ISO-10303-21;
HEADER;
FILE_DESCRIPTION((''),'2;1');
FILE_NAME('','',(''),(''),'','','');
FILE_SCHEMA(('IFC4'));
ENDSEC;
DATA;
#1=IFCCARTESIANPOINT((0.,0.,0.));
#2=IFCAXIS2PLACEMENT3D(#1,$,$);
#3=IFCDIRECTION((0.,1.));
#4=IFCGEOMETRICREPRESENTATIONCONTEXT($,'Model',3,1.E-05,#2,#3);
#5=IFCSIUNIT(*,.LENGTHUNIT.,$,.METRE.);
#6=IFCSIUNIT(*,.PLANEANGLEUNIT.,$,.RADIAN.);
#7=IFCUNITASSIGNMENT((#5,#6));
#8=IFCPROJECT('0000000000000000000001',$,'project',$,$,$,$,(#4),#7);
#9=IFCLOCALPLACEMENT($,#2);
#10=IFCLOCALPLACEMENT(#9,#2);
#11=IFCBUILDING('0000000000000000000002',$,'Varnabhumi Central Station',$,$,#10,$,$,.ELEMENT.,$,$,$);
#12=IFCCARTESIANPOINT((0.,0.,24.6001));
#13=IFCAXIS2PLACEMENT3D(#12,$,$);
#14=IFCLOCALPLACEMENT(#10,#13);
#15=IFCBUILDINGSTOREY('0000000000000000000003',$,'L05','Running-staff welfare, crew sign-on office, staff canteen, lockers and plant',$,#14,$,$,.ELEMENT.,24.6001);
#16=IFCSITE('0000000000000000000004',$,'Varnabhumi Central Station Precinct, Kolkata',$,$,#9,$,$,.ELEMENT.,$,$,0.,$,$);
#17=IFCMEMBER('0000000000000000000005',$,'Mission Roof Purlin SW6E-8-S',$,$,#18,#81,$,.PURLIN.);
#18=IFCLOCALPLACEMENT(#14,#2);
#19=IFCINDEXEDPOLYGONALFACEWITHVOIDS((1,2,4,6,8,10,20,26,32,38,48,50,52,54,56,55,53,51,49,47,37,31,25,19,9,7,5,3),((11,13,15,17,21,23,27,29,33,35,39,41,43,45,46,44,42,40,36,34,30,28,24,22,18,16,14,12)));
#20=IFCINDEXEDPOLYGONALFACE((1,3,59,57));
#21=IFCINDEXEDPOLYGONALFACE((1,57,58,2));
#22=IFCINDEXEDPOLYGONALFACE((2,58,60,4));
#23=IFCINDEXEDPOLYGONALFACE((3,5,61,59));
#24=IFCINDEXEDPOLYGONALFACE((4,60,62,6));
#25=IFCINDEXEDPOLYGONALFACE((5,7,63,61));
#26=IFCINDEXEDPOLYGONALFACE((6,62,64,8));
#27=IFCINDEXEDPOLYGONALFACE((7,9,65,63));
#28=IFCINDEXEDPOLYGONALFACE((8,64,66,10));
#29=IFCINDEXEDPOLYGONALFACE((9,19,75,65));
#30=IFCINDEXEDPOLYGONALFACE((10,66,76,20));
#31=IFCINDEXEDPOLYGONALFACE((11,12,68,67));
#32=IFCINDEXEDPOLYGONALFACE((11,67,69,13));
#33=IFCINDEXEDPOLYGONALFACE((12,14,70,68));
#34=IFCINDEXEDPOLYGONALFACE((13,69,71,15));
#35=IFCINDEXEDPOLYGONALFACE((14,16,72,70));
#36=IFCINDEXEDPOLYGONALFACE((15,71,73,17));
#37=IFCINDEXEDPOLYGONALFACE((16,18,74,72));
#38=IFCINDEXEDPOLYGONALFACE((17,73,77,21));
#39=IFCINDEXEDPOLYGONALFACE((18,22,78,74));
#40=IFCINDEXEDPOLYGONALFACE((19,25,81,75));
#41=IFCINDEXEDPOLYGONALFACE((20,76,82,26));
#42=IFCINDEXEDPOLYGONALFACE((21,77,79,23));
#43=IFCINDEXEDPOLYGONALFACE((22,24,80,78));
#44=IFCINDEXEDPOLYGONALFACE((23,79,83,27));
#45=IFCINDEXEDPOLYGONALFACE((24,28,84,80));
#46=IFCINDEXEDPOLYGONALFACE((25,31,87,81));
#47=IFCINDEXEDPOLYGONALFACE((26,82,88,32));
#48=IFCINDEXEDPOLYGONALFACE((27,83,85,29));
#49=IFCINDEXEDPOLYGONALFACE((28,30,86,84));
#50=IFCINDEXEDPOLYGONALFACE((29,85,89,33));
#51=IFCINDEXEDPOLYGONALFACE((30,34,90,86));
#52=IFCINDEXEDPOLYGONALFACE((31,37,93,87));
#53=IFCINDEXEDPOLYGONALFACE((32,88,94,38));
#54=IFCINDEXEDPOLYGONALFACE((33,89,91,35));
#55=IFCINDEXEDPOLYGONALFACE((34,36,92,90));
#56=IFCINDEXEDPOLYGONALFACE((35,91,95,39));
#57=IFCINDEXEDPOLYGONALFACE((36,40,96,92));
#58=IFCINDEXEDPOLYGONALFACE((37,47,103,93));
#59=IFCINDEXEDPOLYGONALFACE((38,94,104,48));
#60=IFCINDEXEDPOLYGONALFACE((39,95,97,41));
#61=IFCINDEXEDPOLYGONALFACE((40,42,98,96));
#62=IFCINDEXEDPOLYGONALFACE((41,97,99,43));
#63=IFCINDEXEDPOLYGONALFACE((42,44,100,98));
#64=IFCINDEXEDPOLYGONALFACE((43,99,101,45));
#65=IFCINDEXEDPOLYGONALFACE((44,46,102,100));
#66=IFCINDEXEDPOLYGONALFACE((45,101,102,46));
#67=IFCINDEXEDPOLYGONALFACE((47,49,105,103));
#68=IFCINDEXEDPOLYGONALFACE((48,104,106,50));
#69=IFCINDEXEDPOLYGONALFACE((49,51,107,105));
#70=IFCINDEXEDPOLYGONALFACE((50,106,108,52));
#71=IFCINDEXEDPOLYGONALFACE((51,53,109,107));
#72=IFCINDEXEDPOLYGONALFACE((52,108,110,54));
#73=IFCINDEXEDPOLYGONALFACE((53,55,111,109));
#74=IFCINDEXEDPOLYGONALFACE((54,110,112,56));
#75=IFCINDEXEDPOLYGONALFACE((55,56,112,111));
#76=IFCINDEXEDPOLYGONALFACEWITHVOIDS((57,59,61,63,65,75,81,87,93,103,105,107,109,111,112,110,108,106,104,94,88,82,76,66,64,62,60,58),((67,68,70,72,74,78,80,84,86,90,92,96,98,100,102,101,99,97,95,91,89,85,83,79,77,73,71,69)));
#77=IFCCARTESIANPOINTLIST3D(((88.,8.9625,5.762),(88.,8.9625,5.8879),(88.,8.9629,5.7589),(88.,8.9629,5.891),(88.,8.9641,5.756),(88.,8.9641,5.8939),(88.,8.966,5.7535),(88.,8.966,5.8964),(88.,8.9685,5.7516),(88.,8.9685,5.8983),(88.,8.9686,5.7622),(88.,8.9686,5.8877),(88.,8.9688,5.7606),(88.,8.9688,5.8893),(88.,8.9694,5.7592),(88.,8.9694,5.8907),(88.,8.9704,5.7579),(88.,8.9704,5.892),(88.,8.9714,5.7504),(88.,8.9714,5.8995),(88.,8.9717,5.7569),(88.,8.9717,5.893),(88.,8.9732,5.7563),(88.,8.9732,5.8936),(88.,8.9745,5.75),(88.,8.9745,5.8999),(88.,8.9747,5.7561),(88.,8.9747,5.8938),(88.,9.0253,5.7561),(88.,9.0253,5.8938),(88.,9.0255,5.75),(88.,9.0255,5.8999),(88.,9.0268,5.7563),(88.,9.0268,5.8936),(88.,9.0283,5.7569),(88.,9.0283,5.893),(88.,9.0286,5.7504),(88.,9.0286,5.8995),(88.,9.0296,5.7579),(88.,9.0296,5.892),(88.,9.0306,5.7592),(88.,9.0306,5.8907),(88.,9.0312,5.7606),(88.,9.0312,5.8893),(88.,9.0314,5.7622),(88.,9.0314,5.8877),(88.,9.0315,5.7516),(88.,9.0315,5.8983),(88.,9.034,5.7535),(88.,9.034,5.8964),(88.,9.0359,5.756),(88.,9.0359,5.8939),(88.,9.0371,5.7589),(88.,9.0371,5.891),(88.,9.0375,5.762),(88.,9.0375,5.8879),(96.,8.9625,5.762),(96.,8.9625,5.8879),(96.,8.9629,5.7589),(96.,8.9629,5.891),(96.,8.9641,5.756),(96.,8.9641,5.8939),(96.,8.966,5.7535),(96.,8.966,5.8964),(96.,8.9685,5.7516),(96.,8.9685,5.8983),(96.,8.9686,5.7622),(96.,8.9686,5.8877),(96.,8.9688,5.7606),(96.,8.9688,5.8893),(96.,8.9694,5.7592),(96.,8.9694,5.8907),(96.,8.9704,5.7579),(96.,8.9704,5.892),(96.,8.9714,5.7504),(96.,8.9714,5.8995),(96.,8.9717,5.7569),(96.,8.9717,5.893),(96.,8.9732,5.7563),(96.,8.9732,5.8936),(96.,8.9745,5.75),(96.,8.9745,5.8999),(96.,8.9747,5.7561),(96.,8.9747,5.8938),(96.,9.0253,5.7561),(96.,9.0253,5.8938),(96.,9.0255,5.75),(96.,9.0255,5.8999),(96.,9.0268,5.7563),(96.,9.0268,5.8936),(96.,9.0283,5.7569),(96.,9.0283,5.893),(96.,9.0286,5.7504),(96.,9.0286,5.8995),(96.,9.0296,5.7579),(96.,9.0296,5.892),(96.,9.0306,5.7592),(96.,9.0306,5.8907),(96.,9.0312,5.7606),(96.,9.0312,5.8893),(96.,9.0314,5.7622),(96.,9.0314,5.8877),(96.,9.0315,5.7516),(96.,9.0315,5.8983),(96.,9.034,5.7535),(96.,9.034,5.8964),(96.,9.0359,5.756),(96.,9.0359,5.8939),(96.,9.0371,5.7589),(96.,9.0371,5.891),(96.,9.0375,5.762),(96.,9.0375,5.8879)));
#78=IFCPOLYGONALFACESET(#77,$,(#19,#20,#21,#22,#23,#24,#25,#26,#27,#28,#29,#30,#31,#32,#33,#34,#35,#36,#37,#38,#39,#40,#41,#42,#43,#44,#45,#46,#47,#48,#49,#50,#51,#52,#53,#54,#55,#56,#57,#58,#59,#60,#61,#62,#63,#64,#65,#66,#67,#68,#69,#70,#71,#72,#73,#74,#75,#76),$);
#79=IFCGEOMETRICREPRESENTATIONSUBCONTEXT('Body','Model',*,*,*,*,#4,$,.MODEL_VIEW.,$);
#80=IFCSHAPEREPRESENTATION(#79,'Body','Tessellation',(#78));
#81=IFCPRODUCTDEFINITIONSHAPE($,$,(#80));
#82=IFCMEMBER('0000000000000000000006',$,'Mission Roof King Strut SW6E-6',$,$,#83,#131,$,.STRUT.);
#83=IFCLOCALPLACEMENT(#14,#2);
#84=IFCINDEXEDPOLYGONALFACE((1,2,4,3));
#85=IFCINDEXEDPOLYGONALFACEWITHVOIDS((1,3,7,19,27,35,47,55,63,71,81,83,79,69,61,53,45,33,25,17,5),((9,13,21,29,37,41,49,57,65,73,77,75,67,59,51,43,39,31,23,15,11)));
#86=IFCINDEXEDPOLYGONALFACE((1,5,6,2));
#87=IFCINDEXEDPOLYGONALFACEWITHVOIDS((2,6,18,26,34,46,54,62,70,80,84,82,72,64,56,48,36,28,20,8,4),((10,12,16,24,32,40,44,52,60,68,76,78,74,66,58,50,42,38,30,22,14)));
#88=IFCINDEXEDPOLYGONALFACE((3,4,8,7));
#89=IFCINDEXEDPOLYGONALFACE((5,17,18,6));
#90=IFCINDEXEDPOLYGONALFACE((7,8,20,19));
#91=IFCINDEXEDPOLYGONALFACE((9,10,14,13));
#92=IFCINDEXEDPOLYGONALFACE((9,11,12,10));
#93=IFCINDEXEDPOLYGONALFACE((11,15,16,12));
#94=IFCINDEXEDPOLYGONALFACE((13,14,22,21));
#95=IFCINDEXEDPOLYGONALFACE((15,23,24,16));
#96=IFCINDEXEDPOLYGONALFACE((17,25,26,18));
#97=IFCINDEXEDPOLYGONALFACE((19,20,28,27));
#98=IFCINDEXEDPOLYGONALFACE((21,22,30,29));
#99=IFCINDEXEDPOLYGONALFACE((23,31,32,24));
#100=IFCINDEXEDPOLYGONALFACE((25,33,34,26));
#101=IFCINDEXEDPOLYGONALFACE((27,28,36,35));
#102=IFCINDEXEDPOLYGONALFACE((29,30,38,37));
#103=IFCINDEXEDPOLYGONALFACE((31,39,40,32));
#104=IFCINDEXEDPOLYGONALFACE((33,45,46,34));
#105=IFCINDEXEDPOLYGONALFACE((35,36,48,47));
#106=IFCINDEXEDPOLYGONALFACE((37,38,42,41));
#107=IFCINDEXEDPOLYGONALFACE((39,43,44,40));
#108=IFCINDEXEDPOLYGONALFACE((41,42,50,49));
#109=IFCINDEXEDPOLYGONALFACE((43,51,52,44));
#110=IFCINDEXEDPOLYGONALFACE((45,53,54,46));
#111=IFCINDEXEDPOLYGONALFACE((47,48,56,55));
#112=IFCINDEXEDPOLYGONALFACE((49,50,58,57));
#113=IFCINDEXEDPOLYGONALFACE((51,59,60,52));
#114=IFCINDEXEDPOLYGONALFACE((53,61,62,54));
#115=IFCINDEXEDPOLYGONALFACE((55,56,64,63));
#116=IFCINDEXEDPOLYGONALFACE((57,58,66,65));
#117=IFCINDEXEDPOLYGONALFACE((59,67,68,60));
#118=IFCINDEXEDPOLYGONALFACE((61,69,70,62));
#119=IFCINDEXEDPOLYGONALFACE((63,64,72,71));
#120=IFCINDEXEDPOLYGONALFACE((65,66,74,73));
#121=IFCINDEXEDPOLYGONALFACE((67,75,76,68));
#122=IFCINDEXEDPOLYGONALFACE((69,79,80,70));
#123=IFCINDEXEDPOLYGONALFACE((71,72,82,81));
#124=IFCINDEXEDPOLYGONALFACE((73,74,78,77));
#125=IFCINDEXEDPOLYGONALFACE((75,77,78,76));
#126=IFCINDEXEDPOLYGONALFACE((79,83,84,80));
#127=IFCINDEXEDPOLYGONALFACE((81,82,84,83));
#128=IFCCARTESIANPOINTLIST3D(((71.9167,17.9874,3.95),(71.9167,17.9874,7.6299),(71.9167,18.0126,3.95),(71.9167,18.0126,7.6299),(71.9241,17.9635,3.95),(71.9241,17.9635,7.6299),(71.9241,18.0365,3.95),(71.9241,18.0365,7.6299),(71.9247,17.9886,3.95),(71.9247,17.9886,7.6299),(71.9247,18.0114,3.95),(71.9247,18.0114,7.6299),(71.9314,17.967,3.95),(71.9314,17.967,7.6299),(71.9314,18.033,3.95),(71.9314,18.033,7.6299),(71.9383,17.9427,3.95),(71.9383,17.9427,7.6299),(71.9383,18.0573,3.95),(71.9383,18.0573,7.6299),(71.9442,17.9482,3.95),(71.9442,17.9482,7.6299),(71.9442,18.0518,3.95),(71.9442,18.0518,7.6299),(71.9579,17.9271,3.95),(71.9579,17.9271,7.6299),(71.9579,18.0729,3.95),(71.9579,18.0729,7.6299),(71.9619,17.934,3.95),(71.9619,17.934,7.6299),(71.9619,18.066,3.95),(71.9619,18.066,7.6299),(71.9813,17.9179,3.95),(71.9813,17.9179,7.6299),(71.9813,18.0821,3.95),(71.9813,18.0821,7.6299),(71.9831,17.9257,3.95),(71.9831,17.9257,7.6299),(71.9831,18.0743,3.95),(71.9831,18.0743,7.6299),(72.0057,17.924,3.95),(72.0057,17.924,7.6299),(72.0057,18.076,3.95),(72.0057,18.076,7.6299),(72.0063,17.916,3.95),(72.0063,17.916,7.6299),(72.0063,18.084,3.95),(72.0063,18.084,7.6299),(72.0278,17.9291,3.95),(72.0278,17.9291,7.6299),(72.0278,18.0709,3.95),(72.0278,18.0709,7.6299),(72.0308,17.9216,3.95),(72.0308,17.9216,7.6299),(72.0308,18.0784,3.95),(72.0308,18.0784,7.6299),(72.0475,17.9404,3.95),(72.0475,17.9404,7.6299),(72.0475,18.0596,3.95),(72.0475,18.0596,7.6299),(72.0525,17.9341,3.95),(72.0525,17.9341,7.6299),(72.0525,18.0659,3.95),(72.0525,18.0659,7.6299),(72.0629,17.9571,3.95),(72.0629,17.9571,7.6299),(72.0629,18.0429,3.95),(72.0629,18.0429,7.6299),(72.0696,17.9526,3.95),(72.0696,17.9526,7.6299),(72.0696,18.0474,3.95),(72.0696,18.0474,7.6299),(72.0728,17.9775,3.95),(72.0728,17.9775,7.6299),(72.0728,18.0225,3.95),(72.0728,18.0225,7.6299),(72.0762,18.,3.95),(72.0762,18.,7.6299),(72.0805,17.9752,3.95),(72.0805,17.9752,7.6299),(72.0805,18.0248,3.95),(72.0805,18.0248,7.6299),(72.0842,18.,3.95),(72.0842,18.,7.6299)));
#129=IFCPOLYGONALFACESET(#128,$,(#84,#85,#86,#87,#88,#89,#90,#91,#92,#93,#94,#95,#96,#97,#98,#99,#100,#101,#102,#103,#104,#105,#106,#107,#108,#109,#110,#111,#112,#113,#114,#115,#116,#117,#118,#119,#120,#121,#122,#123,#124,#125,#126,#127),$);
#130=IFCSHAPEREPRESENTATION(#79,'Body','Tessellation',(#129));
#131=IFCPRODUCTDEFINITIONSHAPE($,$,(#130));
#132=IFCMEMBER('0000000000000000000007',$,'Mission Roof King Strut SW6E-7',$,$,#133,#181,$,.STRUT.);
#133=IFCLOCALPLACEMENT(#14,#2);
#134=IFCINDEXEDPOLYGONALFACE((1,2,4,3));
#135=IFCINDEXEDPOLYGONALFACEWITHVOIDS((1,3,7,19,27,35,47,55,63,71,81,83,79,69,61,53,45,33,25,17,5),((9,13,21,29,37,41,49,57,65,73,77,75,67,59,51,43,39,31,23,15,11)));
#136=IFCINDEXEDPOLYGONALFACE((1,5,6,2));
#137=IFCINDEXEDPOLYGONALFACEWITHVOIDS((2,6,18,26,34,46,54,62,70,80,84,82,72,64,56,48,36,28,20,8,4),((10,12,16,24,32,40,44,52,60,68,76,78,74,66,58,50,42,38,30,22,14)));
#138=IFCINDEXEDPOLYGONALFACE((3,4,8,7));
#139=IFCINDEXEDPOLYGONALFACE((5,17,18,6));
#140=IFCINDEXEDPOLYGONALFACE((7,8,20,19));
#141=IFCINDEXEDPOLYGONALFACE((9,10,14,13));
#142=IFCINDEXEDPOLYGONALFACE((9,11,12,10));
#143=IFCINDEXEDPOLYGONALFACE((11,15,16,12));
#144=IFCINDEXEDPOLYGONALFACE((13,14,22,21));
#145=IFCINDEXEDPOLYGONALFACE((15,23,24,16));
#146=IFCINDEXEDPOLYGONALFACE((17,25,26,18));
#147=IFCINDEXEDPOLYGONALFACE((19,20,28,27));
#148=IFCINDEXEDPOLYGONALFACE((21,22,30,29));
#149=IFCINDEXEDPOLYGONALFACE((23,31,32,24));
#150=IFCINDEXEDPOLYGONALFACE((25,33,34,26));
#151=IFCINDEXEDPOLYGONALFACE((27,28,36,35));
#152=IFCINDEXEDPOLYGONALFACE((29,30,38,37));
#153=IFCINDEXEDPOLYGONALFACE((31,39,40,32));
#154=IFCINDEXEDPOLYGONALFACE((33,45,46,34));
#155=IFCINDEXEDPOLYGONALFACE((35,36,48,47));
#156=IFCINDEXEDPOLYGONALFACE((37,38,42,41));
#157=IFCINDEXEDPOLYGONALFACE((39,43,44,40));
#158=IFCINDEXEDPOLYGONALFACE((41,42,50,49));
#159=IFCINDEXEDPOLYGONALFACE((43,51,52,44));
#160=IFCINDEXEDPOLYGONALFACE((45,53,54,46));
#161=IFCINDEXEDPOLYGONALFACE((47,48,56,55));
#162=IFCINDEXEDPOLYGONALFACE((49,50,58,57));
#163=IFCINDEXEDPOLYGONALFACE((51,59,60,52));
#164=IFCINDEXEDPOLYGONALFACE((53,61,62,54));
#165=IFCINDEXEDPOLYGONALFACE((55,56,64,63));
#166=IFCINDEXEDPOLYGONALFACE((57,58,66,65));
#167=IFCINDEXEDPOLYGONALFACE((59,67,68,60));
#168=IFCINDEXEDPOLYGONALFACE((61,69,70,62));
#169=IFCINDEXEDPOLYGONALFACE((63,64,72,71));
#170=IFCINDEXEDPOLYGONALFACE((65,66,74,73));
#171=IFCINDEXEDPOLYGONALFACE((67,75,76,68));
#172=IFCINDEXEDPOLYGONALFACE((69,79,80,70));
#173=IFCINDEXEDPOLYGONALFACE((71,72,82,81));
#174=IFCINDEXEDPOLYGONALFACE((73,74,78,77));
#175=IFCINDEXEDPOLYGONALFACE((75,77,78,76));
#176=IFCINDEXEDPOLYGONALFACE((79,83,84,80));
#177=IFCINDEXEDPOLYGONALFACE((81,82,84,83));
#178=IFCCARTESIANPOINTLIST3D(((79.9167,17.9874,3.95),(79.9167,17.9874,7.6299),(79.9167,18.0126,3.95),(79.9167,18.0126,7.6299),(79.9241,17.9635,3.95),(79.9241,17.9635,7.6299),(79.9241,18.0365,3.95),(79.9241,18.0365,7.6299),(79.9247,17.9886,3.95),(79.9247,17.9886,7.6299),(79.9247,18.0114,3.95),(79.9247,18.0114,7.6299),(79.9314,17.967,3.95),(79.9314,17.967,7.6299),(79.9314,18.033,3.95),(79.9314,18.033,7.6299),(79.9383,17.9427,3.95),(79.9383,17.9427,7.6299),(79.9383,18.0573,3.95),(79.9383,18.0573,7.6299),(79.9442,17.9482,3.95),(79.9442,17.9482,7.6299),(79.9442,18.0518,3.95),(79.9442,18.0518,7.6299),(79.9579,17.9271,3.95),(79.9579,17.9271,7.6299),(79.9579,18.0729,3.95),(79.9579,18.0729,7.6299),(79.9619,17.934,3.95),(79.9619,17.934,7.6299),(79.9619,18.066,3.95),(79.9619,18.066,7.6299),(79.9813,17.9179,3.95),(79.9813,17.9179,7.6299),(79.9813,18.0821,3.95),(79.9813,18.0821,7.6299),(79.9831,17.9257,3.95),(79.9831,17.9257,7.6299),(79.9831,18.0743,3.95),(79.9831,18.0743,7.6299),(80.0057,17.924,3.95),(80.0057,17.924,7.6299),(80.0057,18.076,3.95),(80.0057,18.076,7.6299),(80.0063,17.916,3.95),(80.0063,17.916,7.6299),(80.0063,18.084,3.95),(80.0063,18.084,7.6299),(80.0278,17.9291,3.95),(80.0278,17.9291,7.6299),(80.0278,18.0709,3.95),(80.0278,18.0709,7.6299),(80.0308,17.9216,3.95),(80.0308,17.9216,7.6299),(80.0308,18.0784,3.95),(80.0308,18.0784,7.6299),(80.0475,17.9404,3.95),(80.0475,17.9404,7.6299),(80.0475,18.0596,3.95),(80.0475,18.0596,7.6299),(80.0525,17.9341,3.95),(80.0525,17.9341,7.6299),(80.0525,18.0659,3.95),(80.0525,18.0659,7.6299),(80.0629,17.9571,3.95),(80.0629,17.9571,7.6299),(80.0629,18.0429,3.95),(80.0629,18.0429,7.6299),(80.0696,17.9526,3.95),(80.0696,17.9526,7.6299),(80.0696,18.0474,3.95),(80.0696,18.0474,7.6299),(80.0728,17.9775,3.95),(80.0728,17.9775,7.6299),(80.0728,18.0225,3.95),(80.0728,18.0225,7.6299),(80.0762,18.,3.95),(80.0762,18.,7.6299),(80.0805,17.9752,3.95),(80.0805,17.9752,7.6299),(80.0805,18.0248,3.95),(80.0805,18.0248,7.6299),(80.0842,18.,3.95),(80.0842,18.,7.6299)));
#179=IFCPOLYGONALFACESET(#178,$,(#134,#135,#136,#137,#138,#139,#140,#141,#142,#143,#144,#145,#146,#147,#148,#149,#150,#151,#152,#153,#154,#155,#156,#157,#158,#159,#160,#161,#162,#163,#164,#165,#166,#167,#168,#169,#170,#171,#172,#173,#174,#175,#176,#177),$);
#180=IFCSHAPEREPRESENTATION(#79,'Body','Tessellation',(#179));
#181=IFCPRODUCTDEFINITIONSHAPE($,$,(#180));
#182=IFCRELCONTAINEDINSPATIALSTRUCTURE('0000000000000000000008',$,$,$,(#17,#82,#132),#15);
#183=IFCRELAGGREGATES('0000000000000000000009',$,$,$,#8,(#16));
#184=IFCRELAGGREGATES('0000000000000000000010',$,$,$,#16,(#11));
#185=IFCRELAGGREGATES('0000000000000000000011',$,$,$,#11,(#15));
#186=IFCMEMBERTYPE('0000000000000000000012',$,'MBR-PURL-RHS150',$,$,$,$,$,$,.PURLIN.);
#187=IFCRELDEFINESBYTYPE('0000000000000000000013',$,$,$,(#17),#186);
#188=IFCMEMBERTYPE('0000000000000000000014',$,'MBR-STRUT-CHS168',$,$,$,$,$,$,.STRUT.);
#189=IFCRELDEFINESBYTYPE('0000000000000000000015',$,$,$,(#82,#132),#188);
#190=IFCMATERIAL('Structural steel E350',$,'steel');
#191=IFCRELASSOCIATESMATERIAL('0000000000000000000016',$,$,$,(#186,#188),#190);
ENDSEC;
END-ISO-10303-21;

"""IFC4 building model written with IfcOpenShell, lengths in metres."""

from ifc_helpers import new_model, si_unit, direction, frame, origin, origin_2d, place, context, subcontext, project, spatial, hollow_rectangle, hollow_circle, extrude, material, material_profile, profile_set, type_object, element, save


model = new_model("IFC4")

# Units and contexts
model_context = context("Model", 3, precision=1e-05, world=origin(), true_north=direction((0.0, 1.0)))
body_context = subcontext(model_context, "Body", "Model", "MODEL_VIEW")
ifc_project = project(units=[si_unit("LENGTHUNIT", "METRE"), si_unit("PLANEANGLEUNIT", "RADIAN")], contexts=[model_context])

# Site, building, storey
site_placement = place(None, origin())
site = spatial("IfcSite", under=ifc_project, at=site_placement, Name="Varnabhumi Central Station Precinct, Kolkata", CompositionType="ELEMENT", RefElevation=0.0)
building_placement = place(site_placement, origin())
building = spatial("IfcBuilding", under=site, at=building_placement, Name="Varnabhumi Central Station", CompositionType="ELEMENT")
storey_placement = place(building_placement, frame((0.0, 0.0, 24.6001)))
storey = spatial("IfcBuildingStorey", under=building, at=storey_placement, Name="L05", Description="Running-staff welfare, crew sign-on office, staff canteen, lockers and plant", CompositionType="ELEMENT", Elevation=24.6001)

# Shared definitions
ifc_material_1 = material(Name="Structural steel E350", Category="steel")

# Members
ifc_material_profile_1 = material_profile(ifc_material_1, hollow_rectangle(XDim=0.075, YDim=0.1499, WallThickness=0.0061, InnerFilletRadius=0.0061, OuterFilletRadius=0.012, at=origin_2d()), Name="Structural steel E350", Category="steel")
ifc_profile_set_1 = profile_set([ifc_material_profile_1], Name="Structural steel E350")
member_type_1 = type_object("IfcMemberType", Name="MBR-PURL-RHS150", PredefinedType="PURLIN", material=ifc_profile_set_1)
for number, where, z_axis, x_axis, name in (
    (1, (88.0, 9.0, 5.825), (1.0, 0.0, 0.0), (0.0, 1.0, 0.0), "Mission Roof Purlin SW6E-8-S"),
):
    element("IfcMember", number, at=place(storey_placement, frame(where, z_axis=z_axis, x_axis=x_axis)), inside=storey, type_object=member_type_1, Name=name, PredefinedType="PURLIN", context=body_context, shape_type="SweptSolid", body=[
        extrude(hollow_rectangle(XDim=0.075, YDim=0.1499, WallThickness=0.0061, InnerFilletRadius=0.0061, OuterFilletRadius=0.012, at=origin_2d()), origin(), (0.0, 0.0, 1.0), 8.0),
    ])
ifc_material_profile_2 = material_profile(ifc_material_1, hollow_circle(Radius=0.0842, WallThickness=0.0081, at=origin_2d()), Name="Structural steel E350", Category="steel")
ifc_profile_set_2 = profile_set([ifc_material_profile_2], Name="Structural steel E350")
member_type_2 = type_object("IfcMemberType", Name="MBR-STRUT-CHS168", PredefinedType="STRUT", material=ifc_profile_set_2)
for number, where, z_axis, x_axis, name in (
    (2, (72.0, 18.0, 3.95), (0.0, 0.0, 1.0), (1.0, 0.0, 0.0), "Mission Roof King Strut SW6E-6"),
    (3, (80.0, 18.0, 3.95), (0.0, 0.0, 1.0), (1.0, 0.0, 0.0), "Mission Roof King Strut SW6E-7"),
):
    element("IfcMember", number, at=place(storey_placement, frame(where, z_axis=z_axis, x_axis=x_axis)), inside=storey, type_object=member_type_2, Name=name, PredefinedType="STRUT", context=body_context, shape_type="SweptSolid", body=[
        extrude(hollow_circle(Radius=0.0842, WallThickness=0.0081, at=origin_2d()), origin(), (0.0, 0.0, 1.0), 3.6799),
    ])

save(model, "model.ifc")
